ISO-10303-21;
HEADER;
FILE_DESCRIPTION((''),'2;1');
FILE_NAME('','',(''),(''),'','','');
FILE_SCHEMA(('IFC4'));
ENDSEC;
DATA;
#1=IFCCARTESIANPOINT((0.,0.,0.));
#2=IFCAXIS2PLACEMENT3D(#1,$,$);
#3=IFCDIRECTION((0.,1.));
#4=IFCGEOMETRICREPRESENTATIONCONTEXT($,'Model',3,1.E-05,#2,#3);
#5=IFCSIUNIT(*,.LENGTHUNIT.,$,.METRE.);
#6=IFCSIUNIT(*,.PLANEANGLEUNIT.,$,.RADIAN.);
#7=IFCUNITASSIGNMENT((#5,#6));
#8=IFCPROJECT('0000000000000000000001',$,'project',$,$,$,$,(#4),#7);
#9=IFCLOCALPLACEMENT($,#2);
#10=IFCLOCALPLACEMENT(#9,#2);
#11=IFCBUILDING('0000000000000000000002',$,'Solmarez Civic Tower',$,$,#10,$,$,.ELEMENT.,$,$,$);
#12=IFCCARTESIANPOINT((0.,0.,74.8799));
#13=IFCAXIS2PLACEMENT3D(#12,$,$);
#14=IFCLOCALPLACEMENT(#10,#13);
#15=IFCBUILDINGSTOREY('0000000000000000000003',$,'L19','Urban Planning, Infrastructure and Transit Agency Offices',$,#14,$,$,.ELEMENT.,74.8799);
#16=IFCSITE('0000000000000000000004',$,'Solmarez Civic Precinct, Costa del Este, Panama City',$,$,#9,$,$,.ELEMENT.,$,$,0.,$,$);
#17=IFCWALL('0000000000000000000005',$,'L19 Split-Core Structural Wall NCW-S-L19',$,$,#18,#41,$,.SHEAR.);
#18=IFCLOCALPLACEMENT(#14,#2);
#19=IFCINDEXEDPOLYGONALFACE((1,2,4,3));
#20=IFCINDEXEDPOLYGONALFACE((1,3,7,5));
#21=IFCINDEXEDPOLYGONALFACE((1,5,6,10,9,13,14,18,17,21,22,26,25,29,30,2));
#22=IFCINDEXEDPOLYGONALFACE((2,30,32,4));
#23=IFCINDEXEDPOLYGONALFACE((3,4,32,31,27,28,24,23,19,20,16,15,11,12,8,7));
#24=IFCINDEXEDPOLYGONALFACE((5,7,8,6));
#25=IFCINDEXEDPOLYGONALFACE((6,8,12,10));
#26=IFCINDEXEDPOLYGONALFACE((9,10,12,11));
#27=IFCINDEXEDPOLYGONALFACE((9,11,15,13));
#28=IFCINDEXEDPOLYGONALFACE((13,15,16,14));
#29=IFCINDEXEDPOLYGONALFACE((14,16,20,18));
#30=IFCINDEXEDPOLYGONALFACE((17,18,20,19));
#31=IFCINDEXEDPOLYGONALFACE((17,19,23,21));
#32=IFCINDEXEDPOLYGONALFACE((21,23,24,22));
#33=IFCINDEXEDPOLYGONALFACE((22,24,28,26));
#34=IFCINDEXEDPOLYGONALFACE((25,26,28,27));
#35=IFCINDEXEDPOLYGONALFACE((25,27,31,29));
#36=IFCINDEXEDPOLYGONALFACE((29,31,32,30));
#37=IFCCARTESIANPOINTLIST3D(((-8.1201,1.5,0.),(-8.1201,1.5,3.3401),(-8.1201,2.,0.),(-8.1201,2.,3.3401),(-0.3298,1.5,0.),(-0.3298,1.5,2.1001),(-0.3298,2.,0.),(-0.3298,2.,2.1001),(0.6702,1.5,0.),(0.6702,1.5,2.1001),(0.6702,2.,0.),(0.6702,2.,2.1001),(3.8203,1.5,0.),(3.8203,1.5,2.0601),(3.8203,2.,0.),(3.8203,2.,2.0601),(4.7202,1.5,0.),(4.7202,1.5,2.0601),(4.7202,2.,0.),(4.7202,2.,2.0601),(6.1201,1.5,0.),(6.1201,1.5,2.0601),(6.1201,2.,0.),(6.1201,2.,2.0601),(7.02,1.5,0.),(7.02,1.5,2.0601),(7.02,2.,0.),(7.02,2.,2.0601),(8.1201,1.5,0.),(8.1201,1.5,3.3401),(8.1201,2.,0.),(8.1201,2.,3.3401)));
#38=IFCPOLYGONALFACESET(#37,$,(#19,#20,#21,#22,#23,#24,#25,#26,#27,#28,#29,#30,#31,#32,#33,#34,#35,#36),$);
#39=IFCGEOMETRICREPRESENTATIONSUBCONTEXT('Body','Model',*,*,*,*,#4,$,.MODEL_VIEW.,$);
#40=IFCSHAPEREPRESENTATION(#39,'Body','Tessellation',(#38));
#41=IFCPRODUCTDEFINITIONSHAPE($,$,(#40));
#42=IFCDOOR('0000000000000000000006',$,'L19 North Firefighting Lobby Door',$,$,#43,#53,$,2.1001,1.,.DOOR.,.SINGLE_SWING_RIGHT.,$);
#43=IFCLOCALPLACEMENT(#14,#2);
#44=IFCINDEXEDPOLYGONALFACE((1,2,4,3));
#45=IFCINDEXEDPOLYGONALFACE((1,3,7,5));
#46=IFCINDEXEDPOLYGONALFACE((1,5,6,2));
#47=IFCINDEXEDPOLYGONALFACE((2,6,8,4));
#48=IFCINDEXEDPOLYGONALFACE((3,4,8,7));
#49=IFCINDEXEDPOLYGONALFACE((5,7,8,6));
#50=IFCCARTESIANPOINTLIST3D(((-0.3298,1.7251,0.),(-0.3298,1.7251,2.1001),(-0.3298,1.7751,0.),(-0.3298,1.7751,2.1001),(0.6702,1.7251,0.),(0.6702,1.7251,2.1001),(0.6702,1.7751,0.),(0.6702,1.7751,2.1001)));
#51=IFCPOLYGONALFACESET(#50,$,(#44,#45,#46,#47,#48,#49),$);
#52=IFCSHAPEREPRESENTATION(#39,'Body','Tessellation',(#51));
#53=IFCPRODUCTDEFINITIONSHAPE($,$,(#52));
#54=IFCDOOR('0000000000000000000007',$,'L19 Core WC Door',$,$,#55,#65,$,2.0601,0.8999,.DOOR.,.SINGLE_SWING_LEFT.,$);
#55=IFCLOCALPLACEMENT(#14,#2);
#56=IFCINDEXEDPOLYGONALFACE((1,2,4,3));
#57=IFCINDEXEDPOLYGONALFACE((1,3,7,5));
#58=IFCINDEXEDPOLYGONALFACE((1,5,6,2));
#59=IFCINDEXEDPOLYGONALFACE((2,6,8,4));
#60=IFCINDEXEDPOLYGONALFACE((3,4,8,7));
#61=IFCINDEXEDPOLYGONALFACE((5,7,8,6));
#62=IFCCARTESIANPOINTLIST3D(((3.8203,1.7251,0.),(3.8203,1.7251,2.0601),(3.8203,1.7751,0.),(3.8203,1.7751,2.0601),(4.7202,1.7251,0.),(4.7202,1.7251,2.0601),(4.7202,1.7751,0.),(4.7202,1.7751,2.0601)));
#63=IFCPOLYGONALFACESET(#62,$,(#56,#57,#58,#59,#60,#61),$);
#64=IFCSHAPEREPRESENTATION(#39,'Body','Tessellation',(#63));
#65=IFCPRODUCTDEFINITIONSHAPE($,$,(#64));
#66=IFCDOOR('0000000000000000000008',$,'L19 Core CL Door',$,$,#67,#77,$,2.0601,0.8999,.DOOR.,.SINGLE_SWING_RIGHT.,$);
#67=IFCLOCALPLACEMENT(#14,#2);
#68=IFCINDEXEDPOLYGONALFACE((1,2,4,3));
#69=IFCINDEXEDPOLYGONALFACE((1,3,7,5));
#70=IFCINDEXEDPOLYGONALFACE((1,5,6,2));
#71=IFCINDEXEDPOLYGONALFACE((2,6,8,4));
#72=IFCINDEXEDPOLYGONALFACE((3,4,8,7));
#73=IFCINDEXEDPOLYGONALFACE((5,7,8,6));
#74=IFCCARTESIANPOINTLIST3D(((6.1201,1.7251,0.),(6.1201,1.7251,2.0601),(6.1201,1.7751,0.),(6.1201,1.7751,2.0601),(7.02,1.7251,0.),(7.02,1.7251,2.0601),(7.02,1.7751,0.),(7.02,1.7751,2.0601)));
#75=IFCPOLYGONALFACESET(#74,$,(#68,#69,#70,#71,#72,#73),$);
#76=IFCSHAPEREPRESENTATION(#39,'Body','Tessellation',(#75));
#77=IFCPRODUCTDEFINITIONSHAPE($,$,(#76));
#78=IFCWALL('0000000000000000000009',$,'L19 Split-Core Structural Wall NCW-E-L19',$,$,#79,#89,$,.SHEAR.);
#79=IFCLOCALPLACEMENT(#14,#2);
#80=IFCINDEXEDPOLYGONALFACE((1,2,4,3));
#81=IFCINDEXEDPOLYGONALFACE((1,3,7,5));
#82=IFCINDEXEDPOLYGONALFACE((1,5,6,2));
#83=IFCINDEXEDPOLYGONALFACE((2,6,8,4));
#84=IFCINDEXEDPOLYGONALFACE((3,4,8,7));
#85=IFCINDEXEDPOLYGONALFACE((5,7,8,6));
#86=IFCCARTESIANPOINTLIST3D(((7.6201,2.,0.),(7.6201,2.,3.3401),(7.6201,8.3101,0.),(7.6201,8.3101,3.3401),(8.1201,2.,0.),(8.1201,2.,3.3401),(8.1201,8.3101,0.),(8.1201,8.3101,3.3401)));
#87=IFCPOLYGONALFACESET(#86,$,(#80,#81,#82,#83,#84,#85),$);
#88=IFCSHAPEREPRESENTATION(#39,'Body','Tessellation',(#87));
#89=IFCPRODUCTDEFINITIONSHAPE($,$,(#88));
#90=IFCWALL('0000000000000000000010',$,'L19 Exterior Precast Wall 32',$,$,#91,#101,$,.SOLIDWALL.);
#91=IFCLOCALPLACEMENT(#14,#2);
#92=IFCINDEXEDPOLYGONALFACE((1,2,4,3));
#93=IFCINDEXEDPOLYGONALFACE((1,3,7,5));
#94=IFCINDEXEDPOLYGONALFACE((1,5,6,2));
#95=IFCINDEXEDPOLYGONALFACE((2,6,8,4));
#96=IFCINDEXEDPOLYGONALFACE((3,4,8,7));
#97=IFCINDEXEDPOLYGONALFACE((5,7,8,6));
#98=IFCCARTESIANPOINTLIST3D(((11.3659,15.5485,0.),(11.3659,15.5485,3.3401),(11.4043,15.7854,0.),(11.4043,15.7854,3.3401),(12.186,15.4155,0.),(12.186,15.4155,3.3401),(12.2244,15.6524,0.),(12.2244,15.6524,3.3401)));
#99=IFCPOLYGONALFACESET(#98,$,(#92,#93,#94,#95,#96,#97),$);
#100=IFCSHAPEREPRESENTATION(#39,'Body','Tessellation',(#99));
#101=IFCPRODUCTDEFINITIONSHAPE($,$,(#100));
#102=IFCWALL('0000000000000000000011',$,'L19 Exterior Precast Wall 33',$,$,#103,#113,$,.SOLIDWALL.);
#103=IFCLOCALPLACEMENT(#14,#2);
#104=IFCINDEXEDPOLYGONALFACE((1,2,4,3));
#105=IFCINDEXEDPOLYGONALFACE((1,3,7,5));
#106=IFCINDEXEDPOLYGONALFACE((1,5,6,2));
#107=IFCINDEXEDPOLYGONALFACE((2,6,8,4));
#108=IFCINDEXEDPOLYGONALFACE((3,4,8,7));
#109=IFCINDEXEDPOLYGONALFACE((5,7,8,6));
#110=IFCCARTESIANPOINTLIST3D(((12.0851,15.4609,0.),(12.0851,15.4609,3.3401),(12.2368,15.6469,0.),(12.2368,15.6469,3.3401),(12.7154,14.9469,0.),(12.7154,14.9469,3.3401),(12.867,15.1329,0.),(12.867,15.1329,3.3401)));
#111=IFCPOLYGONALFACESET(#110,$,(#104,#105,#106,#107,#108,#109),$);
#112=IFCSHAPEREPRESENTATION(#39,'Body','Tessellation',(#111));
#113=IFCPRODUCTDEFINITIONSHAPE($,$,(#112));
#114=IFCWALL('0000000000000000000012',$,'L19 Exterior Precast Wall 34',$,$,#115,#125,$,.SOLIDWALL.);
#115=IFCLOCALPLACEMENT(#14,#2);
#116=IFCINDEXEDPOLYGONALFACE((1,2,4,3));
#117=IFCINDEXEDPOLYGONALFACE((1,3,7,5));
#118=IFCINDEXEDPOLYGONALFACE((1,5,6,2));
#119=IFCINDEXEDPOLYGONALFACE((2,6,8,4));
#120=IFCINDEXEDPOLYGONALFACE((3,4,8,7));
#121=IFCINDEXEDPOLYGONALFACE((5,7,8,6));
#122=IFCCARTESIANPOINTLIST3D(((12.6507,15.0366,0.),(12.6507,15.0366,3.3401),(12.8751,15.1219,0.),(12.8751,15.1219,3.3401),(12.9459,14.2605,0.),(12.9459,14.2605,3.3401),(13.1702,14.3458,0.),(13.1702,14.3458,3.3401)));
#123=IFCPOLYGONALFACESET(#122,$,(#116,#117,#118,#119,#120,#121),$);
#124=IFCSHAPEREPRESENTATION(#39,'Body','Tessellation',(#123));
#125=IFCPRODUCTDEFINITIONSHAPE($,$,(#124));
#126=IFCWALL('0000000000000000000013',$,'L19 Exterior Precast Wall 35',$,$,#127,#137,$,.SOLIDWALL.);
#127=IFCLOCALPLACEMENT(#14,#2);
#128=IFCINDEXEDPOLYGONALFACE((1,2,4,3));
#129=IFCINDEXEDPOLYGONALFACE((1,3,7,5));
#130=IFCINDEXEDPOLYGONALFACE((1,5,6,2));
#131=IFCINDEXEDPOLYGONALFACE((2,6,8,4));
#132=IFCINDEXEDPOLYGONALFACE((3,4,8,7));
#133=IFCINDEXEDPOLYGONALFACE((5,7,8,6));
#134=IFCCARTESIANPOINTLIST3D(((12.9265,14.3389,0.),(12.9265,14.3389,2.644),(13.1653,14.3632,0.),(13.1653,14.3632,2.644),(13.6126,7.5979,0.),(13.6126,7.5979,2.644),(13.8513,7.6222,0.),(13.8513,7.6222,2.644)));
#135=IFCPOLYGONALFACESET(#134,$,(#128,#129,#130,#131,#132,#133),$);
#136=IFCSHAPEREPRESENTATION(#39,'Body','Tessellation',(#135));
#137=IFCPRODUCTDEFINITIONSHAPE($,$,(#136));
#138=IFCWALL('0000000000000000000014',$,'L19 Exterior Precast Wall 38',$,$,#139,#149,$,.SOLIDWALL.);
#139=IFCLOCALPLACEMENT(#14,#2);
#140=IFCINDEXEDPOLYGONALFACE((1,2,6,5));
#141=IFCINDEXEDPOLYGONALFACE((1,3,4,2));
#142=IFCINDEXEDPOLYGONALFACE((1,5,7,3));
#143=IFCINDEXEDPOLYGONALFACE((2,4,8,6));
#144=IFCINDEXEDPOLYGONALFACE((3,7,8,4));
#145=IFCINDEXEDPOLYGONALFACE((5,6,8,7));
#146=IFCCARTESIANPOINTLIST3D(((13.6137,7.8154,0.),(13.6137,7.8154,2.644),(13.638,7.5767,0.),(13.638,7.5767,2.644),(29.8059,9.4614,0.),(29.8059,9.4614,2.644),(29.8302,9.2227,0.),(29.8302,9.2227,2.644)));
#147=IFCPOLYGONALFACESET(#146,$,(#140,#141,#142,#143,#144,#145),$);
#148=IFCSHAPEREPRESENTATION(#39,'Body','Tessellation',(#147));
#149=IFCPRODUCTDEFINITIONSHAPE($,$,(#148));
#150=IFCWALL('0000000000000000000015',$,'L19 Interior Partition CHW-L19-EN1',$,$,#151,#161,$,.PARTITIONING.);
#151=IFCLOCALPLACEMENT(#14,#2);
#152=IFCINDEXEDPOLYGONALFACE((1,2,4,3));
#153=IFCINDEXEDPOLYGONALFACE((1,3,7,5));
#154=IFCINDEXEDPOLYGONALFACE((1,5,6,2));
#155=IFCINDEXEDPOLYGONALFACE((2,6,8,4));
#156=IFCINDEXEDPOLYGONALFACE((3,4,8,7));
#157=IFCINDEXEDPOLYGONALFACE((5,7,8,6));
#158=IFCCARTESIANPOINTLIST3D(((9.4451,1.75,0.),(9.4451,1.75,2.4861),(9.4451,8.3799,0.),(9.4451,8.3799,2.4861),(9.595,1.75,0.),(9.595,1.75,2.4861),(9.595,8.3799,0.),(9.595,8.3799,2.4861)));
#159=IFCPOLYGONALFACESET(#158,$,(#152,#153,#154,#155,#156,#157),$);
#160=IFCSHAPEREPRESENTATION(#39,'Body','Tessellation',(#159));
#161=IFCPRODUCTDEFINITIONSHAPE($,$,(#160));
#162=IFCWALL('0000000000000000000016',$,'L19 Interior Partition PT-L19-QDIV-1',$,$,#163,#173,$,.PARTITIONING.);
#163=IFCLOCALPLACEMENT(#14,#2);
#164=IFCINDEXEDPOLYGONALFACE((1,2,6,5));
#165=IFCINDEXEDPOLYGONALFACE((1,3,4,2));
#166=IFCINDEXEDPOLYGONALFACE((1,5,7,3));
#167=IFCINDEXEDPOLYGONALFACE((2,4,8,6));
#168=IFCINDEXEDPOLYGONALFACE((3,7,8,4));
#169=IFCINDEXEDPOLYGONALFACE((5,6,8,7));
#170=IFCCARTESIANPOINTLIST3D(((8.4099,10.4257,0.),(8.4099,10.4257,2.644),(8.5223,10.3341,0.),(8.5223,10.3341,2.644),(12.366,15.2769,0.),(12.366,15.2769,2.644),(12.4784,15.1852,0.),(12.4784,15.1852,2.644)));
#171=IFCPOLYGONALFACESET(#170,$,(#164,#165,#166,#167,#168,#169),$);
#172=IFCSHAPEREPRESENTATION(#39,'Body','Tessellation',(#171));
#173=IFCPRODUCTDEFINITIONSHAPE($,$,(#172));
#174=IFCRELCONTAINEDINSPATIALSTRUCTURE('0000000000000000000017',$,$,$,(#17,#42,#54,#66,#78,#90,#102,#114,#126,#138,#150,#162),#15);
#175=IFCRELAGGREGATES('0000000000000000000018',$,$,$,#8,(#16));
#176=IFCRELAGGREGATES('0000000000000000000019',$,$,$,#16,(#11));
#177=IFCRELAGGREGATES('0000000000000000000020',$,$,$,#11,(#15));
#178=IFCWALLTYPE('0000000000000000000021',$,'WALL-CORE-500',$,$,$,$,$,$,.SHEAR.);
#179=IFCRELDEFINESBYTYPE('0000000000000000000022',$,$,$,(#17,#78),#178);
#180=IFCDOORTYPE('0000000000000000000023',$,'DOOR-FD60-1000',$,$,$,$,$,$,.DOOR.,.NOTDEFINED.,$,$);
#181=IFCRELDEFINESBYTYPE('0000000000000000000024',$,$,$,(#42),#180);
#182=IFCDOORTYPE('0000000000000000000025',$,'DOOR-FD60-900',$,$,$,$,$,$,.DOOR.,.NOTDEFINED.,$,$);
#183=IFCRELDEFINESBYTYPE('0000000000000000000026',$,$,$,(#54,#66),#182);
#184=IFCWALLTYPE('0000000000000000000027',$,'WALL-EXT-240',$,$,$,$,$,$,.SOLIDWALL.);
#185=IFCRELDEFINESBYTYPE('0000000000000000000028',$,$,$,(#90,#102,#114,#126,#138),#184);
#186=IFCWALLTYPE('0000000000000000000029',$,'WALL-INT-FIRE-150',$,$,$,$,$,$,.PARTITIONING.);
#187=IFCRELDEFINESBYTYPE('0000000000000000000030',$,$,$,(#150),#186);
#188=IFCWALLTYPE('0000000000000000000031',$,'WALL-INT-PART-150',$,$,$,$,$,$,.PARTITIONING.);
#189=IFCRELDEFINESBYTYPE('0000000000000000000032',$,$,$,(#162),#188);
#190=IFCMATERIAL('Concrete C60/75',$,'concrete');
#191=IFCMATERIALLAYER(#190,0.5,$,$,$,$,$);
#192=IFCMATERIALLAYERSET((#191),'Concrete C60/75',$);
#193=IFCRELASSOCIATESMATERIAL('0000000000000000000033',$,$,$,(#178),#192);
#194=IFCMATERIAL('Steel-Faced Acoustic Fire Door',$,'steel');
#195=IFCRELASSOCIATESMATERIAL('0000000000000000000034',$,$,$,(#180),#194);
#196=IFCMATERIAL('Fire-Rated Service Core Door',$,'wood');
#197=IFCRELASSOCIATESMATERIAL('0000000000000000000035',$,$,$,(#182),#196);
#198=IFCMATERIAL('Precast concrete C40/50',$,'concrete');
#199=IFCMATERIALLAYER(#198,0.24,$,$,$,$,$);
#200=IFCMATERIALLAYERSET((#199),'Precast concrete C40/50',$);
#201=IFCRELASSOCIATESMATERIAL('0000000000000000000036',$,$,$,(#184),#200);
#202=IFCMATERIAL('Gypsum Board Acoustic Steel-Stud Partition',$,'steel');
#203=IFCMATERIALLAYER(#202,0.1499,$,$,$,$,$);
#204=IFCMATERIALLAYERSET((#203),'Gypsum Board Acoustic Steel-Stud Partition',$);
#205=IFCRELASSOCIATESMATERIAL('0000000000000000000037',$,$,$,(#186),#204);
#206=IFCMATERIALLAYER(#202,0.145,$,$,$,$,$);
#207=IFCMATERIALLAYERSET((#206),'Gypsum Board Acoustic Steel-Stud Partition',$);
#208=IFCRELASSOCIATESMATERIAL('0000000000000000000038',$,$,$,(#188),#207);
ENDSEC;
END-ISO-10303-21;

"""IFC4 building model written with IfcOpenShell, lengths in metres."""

from ifc_helpers import new_model, si_unit, direction, frame, frame_2d, origin, place, context, subcontext, project, spatial, rectangle, extrude, material, layer, layer_set, type_object, element, fill, save


model = new_model("IFC4")

# Units and contexts
model_context = context("Model", 3, precision=1e-05, world=origin(), true_north=direction((0.0, 1.0)))
body_context = subcontext(model_context, "Body", "Model", "MODEL_VIEW")
ifc_project = project(units=[si_unit("LENGTHUNIT", "METRE"), si_unit("PLANEANGLEUNIT", "RADIAN")], contexts=[model_context])

# Site, building, storey
site_placement = place(None, origin())
site = spatial("IfcSite", under=ifc_project, at=site_placement, Name="Solmarez Civic Precinct, Costa del Este, Panama City", CompositionType="ELEMENT", RefElevation=0.0)
building_placement = place(site_placement, origin())
building = spatial("IfcBuilding", under=site, at=building_placement, Name="Solmarez Civic Tower", CompositionType="ELEMENT")
storey_placement = place(building_placement, frame((0.0, 0.0, 74.8799)))
storey = spatial("IfcBuildingStorey", under=building, at=storey_placement, Name="L19", Description="Urban Planning, Infrastructure and Transit Agency Offices", CompositionType="ELEMENT", Elevation=74.8799)

# Shared definitions
ifc_material_1 = material(Name="Concrete C60/75", Category="concrete")

# Wall, openings, doors
ifc_layer_1 = layer(ifc_material_1, 0.5)
ifc_layer_set_1 = layer_set([ifc_layer_1], Name="Concrete C60/75")
wall_type_1 = type_object("IfcWallType", Name="WALL-CORE-500", PredefinedType="SHEAR", material=ifc_layer_set_1)
wall_1_placement = place(storey_placement, frame((8.1201, 1.75, 0.0), z_axis=(0.0, 0.0, 1.0), x_axis=(-1.0, 0.0, 0.0)))
wall_1 = element("IfcWall", 1, at=wall_1_placement, inside=storey, type_object=wall_type_1, Name="L19 Split-Core Structural Wall NCW-S-L19", PredefinedType="SHEAR", context=body_context, shape_type="SweptSolid", body=[
    extrude(rectangle(XDim=16.2402, YDim=0.5, at=frame_2d((8.1201, 0.0))), origin(), (0.0, 0.0, 1.0), 3.3401),
])
opening_1_placement = place(wall_1_placement, frame((7.45, 0.0, 0.0)))
opening_1 = element("IfcOpeningElement", 2, at=opening_1_placement, cuts=wall_1, PredefinedType="OPENING", context=body_context, shape_type="SweptSolid", body=[
    extrude(rectangle(XDim=1.0, YDim=2.1001, at=frame_2d((0.5, 1.05))), frame((0.0, 0.26, 0.0), z_axis=(0.0, -1.0, 0.0), x_axis=(1.0, 0.0, 0.0)), (0.0, 0.0, 1.0), 0.52),
])
opening_2_placement = place(wall_1_placement, frame((3.3999, 0.0, 0.0)))
opening_2 = element("IfcOpeningElement", 3, at=opening_2_placement, cuts=wall_1, PredefinedType="OPENING", context=body_context, shape_type="SweptSolid", body=[
    extrude(rectangle(XDim=0.8999, YDim=2.0601, at=frame_2d((0.45, 1.03))), frame((0.0, 0.26, 0.0), z_axis=(0.0, -1.0, 0.0), x_axis=(1.0, 0.0, 0.0)), (0.0, 0.0, 1.0), 0.52),
])
opening_3_placement = place(wall_1_placement, frame((1.1001, 0.0, 0.0)))
opening_3 = element("IfcOpeningElement", 4, at=opening_3_placement, cuts=wall_1, PredefinedType="OPENING", context=body_context, shape_type="SweptSolid", body=[
    extrude(rectangle(XDim=0.8999, YDim=2.0601, at=frame_2d((0.45, 1.03))), frame((0.0, 0.26, 0.0), z_axis=(0.0, -1.0, 0.0), x_axis=(1.0, 0.0, 0.0)), (0.0, 0.0, 1.0), 0.52),
])
ifc_material_2 = material(Name="Steel-Faced Acoustic Fire Door", Category="steel")
door_type_1 = type_object("IfcDoorType", Name="DOOR-FD60-1000", OperationType="NOTDEFINED", PredefinedType="DOOR", material=ifc_material_2)
door_1_placement = place(opening_1_placement, origin())
door_1 = element("IfcDoor", 5, at=door_1_placement, inside=storey, type_object=door_type_1, Name="L19 North Firefighting Lobby Door", OperationType="SINGLE_SWING_RIGHT", OverallHeight=2.1001, OverallWidth=1.0, PredefinedType="DOOR", context=body_context, shape_type="SweptSolid", body=[
    extrude(rectangle(XDim=1.0, YDim=2.1001, at=frame_2d((0.5, 1.05))), frame((0.0, 0.0249, 0.0), z_axis=(0.0, -1.0, 0.0), x_axis=(1.0, 0.0, 0.0)), (0.0, 0.0, 1.0), 0.05),
])
fill(opening_1, door_1)
ifc_material_3 = material(Name="Fire-Rated Service Core Door", Category="wood")
door_type_2 = type_object("IfcDoorType", Name="DOOR-FD60-900", OperationType="NOTDEFINED", PredefinedType="DOOR", material=ifc_material_3)
door_2_placement = place(opening_2_placement, origin())
door_2 = element("IfcDoor", 6, at=door_2_placement, inside=storey, type_object=door_type_2, Name="L19 Core WC Door", OperationType="SINGLE_SWING_LEFT", OverallHeight=2.0601, OverallWidth=0.8999, PredefinedType="DOOR", context=body_context, shape_type="SweptSolid", body=[
    extrude(rectangle(XDim=0.8999, YDim=2.0601, at=frame_2d((0.45, 1.03))), frame((0.0, 0.0249, 0.0), z_axis=(0.0, -1.0, 0.0), x_axis=(1.0, 0.0, 0.0)), (0.0, 0.0, 1.0), 0.05),
])
fill(opening_2, door_2)
door_3_placement = place(opening_3_placement, origin())
door_3 = element("IfcDoor", 7, at=door_3_placement, inside=storey, type_object=door_type_2, Name="L19 Core CL Door", OperationType="SINGLE_SWING_RIGHT", OverallHeight=2.0601, OverallWidth=0.8999, PredefinedType="DOOR", context=body_context, shape_type="SweptSolid", body=[
    extrude(rectangle(XDim=0.8999, YDim=2.0601, at=frame_2d((0.45, 1.03))), frame((0.0, 0.0249, 0.0), z_axis=(0.0, -1.0, 0.0), x_axis=(1.0, 0.0, 0.0)), (0.0, 0.0, 1.0), 0.05),
])
fill(opening_3, door_3)

# Walls
wall_2_placement = place(storey_placement, frame((7.8701, 8.3101, 0.0), z_axis=(0.0, 0.0, 1.0), x_axis=(0.0, -1.0, 0.0)))
element("IfcWall", 8, at=wall_2_placement, inside=storey, type_object=wall_type_1, Name="L19 Split-Core Structural Wall NCW-E-L19", PredefinedType="SHEAR", context=body_context, shape_type="SweptSolid", body=[
    extrude(rectangle(XDim=6.3101, YDim=0.5, at=frame_2d((3.155, 0.0))), origin(), (0.0, 0.0, 1.0), 3.3401),
])
ifc_material_4 = material(Name="Precast concrete C40/50", Category="concrete")
ifc_layer_2 = layer(ifc_material_4, 0.24)
ifc_layer_set_2 = layer_set([ifc_layer_2], Name="Precast concrete C40/50")
wall_type_2 = type_object("IfcWallType", Name="WALL-EXT-240", PredefinedType="SOLIDWALL", material=ifc_layer_set_2)
wall_3_placement = place(storey_placement, frame((11.385, 15.667, 0.0), z_axis=(0.0, 0.0, 1.0), x_axis=(0.987092, -0.160156, 0.0)))
element("IfcWall", 9, at=wall_3_placement, inside=storey, type_object=wall_type_2, Name="L19 Exterior Precast Wall 32", PredefinedType="SOLIDWALL", context=body_context, shape_type="SweptSolid", body=[
    extrude(rectangle(XDim=0.8308, YDim=0.24, at=frame_2d((0.4155, 0.0))), origin(), (0.0, 0.0, 1.0), 3.3401),
])
wall_4_placement = place(storey_placement, frame((12.1609, 15.554, 0.0), z_axis=(0.0, 0.0, 1.0), x_axis=(0.774946, -0.632027, 0.0)))
element("IfcWall", 10, at=wall_4_placement, inside=storey, type_object=wall_type_2, Name="L19 Exterior Precast Wall 33", PredefinedType="SOLIDWALL", context=body_context, shape_type="SweptSolid", body=[
    extrude(rectangle(XDim=0.8132, YDim=0.24, at=frame_2d((0.4067, 0.0))), origin(), (0.0, 0.0, 1.0), 3.3401),
])
wall_5_placement = place(storey_placement, frame((12.7629, 15.0791, 0.0), z_axis=(0.0, 0.0, 1.0), x_axis=(0.35547, -0.934688, 0.0)))
element("IfcWall", 11, at=wall_5_placement, inside=storey, type_object=wall_type_2, Name="L19 Exterior Precast Wall 34", PredefinedType="SOLIDWALL", context=body_context, shape_type="SweptSolid", body=[
    extrude(rectangle(XDim=0.8303, YDim=0.24, at=frame_2d((0.415, 0.0))), origin(), (0.0, 0.0, 1.0), 3.3401),
])
wall_6_placement = place(storey_placement, frame((13.0459, 14.3511, 0.0), z_axis=(0.0, 0.0, 1.0), x_axis=(0.101248, -0.994861, 0.0)))
element("IfcWall", 12, at=wall_6_placement, inside=storey, type_object=wall_type_2, Name="L19 Exterior Precast Wall 35", PredefinedType="SOLIDWALL", context=body_context, shape_type="SweptSolid", body=[
    extrude(rectangle(XDim=6.7759, YDim=0.24, at=frame_2d((3.3879, 0.0))), origin(), (0.0, 0.0, 1.0), 2.644),
])
wall_7_placement = place(storey_placement, frame((13.626, 7.696, 0.0), z_axis=(0.0, 0.0, 1.0), x_axis=(0.994873, 0.101133, 0.0)))
element("IfcWall", 13, at=wall_7_placement, inside=storey, type_object=wall_type_2, Name="L19 Exterior Precast Wall 38", PredefinedType="SOLIDWALL", context=body_context, shape_type="SweptSolid", body=[
    extrude(rectangle(XDim=16.2756, YDim=0.24, at=frame_2d((8.1377, 0.0))), origin(), (0.0, 0.0, 1.0), 2.644),
])
ifc_material_5 = material(Name="Gypsum Board Acoustic Steel-Stud Partition", Category="steel")
ifc_layer_3 = layer(ifc_material_5, 0.1499)
ifc_layer_set_3 = layer_set([ifc_layer_3], Name="Gypsum Board Acoustic Steel-Stud Partition")
wall_type_3 = type_object("IfcWallType", Name="WALL-INT-FIRE-150", PredefinedType="PARTITIONING", material=ifc_layer_set_3)
wall_8_placement = place(storey_placement, frame((9.52, 1.75, 0.0), z_axis=(0.0, 0.0, 1.0), x_axis=(0.0, 1.0, 0.0)))
element("IfcWall", 14, at=wall_8_placement, inside=storey, type_object=wall_type_3, Name="L19 Interior Partition CHW-L19-EN1", PredefinedType="PARTITIONING", context=body_context, shape_type="SweptSolid", body=[
    extrude(rectangle(XDim=6.6299, YDim=0.1499, at=frame_2d((3.3149, 0.0))), origin(), (0.0, 0.0, 1.0), 2.4861),
])
ifc_layer_4 = layer(ifc_material_5, 0.145)
ifc_layer_set_4 = layer_set([ifc_layer_4], Name="Gypsum Board Acoustic Steel-Stud Partition")
wall_type_4 = type_object("IfcWallType", Name="WALL-INT-PART-150", PredefinedType="PARTITIONING", material=ifc_layer_set_4)
wall_9_placement = place(storey_placement, frame((8.4661, 10.3799, 0.0), z_axis=(0.0, 0.0, 1.0), x_axis=(0.631992, 0.774975, 0.0)))
element("IfcWall", 15, at=wall_9_placement, inside=storey, type_object=wall_type_4, Name="L19 Interior Partition PT-L19-QDIV-1", PredefinedType="PARTITIONING", context=body_context, shape_type="SweptSolid", body=[
    extrude(rectangle(XDim=6.2598, YDim=0.145, at=frame_2d((3.1299, 0.0))), origin(), (0.0, 0.0, 1.0), 2.644),
])

save(model, "model.ifc")
